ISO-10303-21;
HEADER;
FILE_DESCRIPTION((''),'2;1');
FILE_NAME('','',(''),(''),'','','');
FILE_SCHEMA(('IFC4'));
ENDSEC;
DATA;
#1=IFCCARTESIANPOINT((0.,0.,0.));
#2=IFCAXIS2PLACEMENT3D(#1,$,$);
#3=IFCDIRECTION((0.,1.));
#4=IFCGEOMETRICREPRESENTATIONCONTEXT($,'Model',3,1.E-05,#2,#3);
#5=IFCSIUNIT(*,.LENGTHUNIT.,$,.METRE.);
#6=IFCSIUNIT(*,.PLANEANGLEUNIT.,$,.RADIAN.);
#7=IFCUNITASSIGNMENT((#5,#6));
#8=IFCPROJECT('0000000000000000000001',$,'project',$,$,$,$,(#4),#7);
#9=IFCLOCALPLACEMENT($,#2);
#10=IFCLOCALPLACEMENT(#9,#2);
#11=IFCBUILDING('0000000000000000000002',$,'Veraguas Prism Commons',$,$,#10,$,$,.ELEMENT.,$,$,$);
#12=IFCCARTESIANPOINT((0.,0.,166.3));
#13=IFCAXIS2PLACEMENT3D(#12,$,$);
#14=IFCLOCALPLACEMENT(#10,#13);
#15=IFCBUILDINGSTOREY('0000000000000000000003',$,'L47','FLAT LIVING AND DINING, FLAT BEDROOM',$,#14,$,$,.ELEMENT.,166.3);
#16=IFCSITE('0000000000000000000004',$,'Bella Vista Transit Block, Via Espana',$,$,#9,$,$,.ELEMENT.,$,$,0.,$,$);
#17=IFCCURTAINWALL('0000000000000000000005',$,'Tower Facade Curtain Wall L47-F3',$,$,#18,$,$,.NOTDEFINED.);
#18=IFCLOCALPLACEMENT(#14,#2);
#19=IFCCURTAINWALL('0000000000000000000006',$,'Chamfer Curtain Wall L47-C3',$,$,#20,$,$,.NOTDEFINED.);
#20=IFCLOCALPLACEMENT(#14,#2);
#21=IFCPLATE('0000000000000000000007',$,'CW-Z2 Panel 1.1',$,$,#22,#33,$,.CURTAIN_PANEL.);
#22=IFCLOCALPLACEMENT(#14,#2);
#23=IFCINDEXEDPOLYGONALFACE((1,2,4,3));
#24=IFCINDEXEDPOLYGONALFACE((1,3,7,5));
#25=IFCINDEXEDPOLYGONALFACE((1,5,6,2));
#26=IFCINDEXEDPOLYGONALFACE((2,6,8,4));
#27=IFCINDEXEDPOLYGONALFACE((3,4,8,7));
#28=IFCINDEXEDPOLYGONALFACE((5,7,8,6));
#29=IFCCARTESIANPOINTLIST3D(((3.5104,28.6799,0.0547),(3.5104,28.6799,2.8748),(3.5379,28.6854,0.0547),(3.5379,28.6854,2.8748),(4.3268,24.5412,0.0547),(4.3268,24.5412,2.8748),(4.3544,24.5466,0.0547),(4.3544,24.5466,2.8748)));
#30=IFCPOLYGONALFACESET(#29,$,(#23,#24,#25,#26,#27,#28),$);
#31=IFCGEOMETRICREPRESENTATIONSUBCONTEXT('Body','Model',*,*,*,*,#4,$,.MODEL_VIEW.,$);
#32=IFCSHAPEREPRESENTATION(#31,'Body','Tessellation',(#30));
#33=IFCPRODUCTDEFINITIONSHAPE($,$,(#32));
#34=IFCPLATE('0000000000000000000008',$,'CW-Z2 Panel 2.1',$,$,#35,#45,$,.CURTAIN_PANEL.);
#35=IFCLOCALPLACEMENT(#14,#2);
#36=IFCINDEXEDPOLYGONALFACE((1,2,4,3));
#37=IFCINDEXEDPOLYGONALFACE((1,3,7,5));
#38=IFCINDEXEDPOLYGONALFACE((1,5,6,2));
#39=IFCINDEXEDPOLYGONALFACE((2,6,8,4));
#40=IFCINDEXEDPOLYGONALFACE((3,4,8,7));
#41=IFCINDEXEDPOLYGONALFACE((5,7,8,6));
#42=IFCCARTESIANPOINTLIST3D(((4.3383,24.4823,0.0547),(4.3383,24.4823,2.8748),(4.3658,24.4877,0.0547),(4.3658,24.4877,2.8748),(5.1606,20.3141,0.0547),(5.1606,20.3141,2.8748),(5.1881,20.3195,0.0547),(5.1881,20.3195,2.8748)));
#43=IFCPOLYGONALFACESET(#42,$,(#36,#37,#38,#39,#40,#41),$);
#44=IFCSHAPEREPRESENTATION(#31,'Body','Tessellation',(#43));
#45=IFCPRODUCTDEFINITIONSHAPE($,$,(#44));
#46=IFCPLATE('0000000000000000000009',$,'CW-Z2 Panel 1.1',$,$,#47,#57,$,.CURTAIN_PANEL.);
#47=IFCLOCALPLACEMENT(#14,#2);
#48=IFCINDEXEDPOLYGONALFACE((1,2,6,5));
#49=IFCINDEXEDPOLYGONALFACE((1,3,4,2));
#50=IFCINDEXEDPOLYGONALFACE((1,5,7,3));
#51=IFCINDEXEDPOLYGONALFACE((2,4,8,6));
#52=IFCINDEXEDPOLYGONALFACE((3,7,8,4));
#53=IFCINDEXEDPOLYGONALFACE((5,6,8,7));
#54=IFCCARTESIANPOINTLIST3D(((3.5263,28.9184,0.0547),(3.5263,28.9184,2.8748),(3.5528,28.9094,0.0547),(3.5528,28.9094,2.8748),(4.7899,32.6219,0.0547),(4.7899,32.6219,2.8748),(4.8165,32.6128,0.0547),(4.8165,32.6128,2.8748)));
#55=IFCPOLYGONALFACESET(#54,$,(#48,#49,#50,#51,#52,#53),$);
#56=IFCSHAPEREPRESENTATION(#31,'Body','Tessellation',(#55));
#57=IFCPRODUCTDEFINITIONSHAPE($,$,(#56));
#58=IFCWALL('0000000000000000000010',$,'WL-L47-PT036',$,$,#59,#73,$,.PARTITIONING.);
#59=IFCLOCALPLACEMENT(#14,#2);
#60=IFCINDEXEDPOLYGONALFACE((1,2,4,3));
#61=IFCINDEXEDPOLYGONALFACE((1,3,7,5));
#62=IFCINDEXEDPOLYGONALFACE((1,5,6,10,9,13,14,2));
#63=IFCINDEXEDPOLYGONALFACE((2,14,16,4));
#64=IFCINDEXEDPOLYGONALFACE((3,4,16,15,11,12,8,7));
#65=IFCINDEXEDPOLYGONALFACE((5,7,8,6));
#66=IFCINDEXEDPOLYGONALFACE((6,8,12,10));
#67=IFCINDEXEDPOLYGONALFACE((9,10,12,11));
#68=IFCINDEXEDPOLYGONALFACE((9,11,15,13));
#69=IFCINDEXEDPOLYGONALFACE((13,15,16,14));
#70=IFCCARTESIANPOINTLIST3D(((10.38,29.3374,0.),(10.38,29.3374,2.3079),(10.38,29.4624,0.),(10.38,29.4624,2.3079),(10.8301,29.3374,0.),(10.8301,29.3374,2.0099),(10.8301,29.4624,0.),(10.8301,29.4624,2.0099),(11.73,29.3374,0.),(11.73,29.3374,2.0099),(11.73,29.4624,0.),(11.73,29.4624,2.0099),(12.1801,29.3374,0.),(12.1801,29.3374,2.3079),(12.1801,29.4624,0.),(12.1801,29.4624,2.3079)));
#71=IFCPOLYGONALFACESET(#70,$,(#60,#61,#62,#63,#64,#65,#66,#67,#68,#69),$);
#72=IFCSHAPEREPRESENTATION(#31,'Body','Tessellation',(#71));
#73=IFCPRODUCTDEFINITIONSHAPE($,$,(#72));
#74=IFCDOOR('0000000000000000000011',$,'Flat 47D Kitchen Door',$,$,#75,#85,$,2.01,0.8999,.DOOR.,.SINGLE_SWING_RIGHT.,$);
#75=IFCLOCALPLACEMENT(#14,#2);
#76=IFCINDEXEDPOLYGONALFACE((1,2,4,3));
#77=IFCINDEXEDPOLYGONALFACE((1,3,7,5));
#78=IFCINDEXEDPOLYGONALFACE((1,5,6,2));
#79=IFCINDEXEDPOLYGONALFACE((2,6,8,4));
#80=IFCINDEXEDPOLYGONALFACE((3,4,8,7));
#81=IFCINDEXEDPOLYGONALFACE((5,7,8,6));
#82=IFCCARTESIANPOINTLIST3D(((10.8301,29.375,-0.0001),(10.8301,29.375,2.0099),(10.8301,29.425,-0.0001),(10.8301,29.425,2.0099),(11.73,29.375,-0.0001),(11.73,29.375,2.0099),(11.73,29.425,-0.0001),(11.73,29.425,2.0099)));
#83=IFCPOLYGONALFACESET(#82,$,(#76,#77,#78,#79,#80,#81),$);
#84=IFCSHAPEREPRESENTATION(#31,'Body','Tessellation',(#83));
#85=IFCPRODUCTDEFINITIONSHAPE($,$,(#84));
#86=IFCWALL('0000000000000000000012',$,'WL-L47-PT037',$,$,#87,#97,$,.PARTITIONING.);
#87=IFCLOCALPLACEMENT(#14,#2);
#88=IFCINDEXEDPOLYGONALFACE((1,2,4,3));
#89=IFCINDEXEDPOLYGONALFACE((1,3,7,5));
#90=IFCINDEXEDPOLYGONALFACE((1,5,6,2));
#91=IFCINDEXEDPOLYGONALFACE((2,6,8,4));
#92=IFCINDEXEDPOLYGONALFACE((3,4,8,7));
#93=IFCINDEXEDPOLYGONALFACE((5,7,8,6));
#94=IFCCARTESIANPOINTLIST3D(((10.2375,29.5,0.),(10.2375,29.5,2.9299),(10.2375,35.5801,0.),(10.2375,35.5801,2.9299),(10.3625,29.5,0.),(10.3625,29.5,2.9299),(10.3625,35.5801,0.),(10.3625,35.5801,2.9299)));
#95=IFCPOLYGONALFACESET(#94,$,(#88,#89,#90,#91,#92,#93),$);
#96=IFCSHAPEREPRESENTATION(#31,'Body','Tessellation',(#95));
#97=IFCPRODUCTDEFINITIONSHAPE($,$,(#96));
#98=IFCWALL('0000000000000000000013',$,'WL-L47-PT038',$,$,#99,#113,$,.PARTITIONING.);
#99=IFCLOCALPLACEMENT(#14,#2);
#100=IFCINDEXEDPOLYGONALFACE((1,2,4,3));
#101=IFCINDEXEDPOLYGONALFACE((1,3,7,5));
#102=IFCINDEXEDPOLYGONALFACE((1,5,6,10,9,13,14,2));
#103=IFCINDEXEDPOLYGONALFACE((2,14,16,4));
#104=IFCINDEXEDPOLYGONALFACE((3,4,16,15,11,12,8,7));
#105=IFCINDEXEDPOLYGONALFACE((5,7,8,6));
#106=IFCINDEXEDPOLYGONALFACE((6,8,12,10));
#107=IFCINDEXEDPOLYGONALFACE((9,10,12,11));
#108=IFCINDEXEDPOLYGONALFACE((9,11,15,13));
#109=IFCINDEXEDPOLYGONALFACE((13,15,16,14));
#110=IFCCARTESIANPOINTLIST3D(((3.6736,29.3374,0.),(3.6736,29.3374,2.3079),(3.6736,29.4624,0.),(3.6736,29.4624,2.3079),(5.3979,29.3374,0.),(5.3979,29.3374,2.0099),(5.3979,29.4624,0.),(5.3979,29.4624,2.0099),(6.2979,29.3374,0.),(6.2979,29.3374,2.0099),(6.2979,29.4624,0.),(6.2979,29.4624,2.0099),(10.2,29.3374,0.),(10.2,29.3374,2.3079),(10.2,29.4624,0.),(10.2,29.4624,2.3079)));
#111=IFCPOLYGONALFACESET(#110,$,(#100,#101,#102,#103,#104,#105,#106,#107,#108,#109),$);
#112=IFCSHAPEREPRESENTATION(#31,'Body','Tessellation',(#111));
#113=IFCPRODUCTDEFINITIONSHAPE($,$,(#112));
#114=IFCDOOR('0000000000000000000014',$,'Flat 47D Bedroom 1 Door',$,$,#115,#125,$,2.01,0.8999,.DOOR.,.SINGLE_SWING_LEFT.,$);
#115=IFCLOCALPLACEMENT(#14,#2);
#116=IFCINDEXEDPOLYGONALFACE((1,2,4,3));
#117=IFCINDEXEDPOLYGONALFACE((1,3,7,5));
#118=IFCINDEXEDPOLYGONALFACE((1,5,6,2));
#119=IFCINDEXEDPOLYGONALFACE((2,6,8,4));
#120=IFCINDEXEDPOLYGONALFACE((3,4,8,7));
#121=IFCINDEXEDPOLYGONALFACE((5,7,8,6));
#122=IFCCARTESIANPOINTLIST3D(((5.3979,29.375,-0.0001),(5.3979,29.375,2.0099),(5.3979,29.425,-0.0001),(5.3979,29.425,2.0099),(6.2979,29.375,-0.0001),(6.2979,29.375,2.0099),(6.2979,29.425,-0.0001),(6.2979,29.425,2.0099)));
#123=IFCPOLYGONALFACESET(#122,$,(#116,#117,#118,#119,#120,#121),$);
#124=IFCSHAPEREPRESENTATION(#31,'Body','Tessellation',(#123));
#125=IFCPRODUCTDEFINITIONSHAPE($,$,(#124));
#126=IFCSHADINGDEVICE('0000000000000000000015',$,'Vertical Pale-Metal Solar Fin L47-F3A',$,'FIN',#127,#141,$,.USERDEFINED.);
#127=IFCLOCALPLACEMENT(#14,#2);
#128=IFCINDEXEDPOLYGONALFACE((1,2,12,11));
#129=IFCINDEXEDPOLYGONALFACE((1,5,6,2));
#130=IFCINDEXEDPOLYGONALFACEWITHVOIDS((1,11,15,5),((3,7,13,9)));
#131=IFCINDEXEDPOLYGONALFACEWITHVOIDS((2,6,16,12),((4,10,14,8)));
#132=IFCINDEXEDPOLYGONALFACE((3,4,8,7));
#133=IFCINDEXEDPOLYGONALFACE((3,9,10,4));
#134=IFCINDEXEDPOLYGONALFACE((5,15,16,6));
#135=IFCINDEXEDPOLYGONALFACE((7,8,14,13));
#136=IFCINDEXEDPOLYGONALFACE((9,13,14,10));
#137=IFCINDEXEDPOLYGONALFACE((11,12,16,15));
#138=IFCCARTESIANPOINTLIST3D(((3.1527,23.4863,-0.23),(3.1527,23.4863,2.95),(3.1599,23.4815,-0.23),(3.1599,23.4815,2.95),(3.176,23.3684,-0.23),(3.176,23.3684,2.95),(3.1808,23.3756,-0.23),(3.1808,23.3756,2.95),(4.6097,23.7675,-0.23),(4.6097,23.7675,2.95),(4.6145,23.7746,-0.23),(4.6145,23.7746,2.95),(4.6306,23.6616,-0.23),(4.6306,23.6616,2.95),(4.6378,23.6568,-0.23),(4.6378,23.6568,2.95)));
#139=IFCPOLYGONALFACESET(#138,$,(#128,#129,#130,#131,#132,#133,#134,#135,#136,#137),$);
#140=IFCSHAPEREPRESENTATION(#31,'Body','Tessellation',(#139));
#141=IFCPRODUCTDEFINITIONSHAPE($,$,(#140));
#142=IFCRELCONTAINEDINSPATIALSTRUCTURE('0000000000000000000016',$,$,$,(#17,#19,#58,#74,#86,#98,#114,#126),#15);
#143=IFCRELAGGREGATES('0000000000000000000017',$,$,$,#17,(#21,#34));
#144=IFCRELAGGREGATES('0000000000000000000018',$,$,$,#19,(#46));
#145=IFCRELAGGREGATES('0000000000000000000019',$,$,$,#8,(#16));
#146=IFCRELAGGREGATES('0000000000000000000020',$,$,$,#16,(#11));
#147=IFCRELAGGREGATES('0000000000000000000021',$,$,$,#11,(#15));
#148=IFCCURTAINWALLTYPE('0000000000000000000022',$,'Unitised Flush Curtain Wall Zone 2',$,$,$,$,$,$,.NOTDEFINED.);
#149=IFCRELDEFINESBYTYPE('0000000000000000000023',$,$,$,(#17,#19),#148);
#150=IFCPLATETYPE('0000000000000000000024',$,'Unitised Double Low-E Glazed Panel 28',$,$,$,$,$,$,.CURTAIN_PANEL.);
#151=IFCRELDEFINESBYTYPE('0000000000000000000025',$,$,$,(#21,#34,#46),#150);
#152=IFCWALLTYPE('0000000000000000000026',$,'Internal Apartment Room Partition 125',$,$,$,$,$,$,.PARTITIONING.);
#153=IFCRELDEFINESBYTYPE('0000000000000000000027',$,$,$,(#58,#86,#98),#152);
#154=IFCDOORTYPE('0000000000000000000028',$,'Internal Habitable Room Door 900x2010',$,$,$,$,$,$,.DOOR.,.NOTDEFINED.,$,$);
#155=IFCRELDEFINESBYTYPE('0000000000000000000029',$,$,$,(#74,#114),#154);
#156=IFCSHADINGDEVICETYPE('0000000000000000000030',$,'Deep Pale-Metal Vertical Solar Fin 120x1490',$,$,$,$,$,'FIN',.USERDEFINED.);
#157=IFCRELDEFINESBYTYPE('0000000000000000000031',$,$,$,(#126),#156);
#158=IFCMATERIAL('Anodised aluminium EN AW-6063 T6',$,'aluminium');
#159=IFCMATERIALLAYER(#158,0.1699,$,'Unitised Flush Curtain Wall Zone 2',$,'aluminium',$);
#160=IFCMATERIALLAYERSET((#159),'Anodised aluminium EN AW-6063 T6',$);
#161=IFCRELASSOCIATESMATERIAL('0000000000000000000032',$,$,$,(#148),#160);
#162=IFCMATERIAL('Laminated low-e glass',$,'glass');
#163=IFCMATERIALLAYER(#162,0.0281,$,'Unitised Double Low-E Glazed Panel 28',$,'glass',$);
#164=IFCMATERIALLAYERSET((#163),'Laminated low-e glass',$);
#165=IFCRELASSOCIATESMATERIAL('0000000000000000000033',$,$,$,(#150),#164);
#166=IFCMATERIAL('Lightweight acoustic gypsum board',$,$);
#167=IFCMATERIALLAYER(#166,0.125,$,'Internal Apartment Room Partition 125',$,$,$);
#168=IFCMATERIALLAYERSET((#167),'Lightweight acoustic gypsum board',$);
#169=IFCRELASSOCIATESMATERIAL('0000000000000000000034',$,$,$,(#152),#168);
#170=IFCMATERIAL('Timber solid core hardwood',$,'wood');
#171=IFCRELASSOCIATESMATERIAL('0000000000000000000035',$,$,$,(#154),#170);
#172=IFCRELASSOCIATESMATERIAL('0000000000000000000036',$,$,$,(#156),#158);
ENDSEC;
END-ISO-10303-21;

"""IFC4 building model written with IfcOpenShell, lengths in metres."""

from ifc_helpers import new_model, si_unit, direction, frame, frame_2d, origin, origin_2d, place, context, subcontext, project, spatial, rectangle, hollow_rectangle, extrude, source, transform, mapped, material, layer, layer_set, material_profile, profile_set, type_object, element, fill, aggregate, save


model = new_model("IFC4")

# Units and contexts
model_context = context("Model", 3, precision=1e-05, world=origin(), true_north=direction((0.0, 1.0)))
body_context = subcontext(model_context, "Body", "Model", "MODEL_VIEW")
ifc_project = project(units=[si_unit("LENGTHUNIT", "METRE"), si_unit("PLANEANGLEUNIT", "RADIAN")], contexts=[model_context])

# Site, building, storey
site_placement = place(None, origin())
site = spatial("IfcSite", under=ifc_project, at=site_placement, Name="Bella Vista Transit Block, Via Espana", CompositionType="ELEMENT", RefElevation=0.0)
building_placement = place(site_placement, origin())
building = spatial("IfcBuilding", under=site, at=building_placement, Name="Veraguas Prism Commons", CompositionType="ELEMENT")
storey_placement = place(building_placement, frame((0.0, 0.0, 166.3)))
storey = spatial("IfcBuildingStorey", under=building, at=storey_placement, Name="L47", Description="FLAT LIVING AND DINING, FLAT BEDROOM", CompositionType="ELEMENT", Elevation=166.3)

# Curtain wall
ifc_material_1 = material(Name="Anodised aluminium EN AW-6063 T6", Category="aluminium")
ifc_layer_1 = layer(ifc_material_1, 0.1699, Name="Unitised Flush Curtain Wall Zone 2", Category="aluminium")
ifc_layer_set_1 = layer_set([ifc_layer_1], Name="Anodised aluminium EN AW-6063 T6")
curtain_wall_type = type_object("IfcCurtainWallType", Name="Unitised Flush Curtain Wall Zone 2", PredefinedType="NOTDEFINED", material=ifc_layer_set_1)
curtain_wall_1_placement = place(storey_placement, origin())
curtain_wall_1 = element("IfcCurtainWall", 1, at=curtain_wall_1_placement, inside=storey, type_object=curtain_wall_type, Name="Tower Facade Curtain Wall L47-F3", PredefinedType="NOTDEFINED")

# Curtain wall
curtain_wall_2_placement = place(storey_placement, origin())
curtain_wall_2 = element("IfcCurtainWall", 2, at=curtain_wall_2_placement, inside=storey, type_object=curtain_wall_type, Name="Chamfer Curtain Wall L47-C3", PredefinedType="NOTDEFINED")

# Plates
ifc_material_2 = material(Name="Laminated low-e glass", Category="glass")
ifc_layer_2 = layer(ifc_material_2, 0.0281, Name="Unitised Double Low-E Glazed Panel 28", Category="glass")
ifc_layer_set_2 = layer_set([ifc_layer_2], Name="Laminated low-e glass")
plate_type = type_object("IfcPlateType", Name="Unitised Double Low-E Glazed Panel 28", PredefinedType="CURTAIN_PANEL", material=ifc_layer_set_2)
shared_shape_1 = source(origin(), body_context, "Body", "SweptSolid", [
    extrude(rectangle(XDim=4.2185, YDim=0.0281, at=origin_2d()), origin(), (0.0, 0.0, 1.0), 2.8201),
])
plate_1_placement = place(storey_placement, frame((3.9324, 26.6133, 0.0547), z_axis=(0.0, 0.0, 1.0), x_axis=(0.193549, -0.981091, 0.0)))
plate_1 = element("IfcPlate", 3, at=plate_1_placement, type_object=plate_type, Name="CW-Z2 Panel 1.1", PredefinedType="CURTAIN_PANEL", context=body_context, shape_type="MappedRepresentation", body=[
    mapped(shared_shape_1, transform((0.0, 0.0, 0.0), scale=1.0)),
])
shared_shape_2 = source(origin(), body_context, "Body", "SweptSolid", [
    extrude(rectangle(XDim=4.2485, YDim=0.0281, at=origin_2d()), origin(), (0.0, 0.0, 1.0), 2.8201),
])
plate_2_placement = place(storey_placement, frame((4.7632, 22.4009, 0.0547), z_axis=(0.0, 0.0, 1.0), x_axis=(0.193549, -0.981091, 0.0)))
plate_2 = element("IfcPlate", 4, at=plate_2_placement, type_object=plate_type, Name="CW-Z2 Panel 2.1", PredefinedType="CURTAIN_PANEL", context=body_context, shape_type="MappedRepresentation", body=[
    mapped(shared_shape_2, transform((0.0, 0.0, 0.0), scale=1.0)),
])
aggregate(curtain_wall_1, [plate_1, plate_2])
shared_shape_3 = source(origin(), body_context, "Body", "SweptSolid", [
    extrude(rectangle(XDim=3.9131, YDim=0.0281, at=origin_2d()), origin(), (0.0, 0.0, 1.0), 2.8201),
])
plate_3_placement = place(storey_placement, frame((4.1714, 30.7656, 0.0547), z_axis=(0.0, 0.0, 1.0), x_axis=(-0.32293, -0.946423, 0.0)))
plate_3 = element("IfcPlate", 5, at=plate_3_placement, type_object=plate_type, Name="CW-Z2 Panel 1.1", PredefinedType="CURTAIN_PANEL", context=body_context, shape_type="MappedRepresentation", body=[
    mapped(shared_shape_3, transform((0.0, 0.0, 0.0), scale=1.0)),
])
aggregate(curtain_wall_2, [plate_3])

# Wall, opening, door
ifc_material_3 = material(Name="Lightweight acoustic gypsum board")
ifc_layer_3 = layer(ifc_material_3, 0.125, Name="Internal Apartment Room Partition 125")
ifc_layer_set_3 = layer_set([ifc_layer_3], Name="Lightweight acoustic gypsum board")
wall_type = type_object("IfcWallType", Name="Internal Apartment Room Partition 125", PredefinedType="PARTITIONING", material=ifc_layer_set_3)
wall_1_placement = place(storey_placement, frame((12.1799, 29.3999, 0.0), z_axis=(0.0, 0.0, 1.0), x_axis=(-1.0, 0.0, 0.0)))
wall_1 = element("IfcWall", 6, at=wall_1_placement, inside=storey, type_object=wall_type, Name="WL-L47-PT036", PredefinedType="PARTITIONING", context=body_context, shape_type="SweptSolid", body=[
    extrude(rectangle(XDim=1.8, YDim=0.125, at=frame_2d((0.8999, 0.0))), origin(), (0.0, 0.0, 1.0), 2.3079),
])
opening_1_placement = place(wall_1_placement, frame((0.45, 0.0, 0.0)))
opening_1 = element("IfcOpeningElement", 7, at=opening_1_placement, cuts=wall_1, PredefinedType="OPENING", context=body_context, shape_type="SweptSolid", body=[
    extrude(rectangle(XDim=0.8999, YDim=2.01, at=frame_2d((0.45, 1.0049))), frame((0.0, 0.0725, 0.0), z_axis=(0.0, -1.0, 0.0), x_axis=(1.0, 0.0, 0.0)), (0.0, 0.0, 1.0), 0.145),
])
ifc_material_4 = material(Name="Timber solid core hardwood", Category="wood")
door_type = type_object("IfcDoorType", Name="Internal Habitable Room Door 900x2010", OperationType="NOTDEFINED", PredefinedType="DOOR", material=ifc_material_4)
shared_shape_4 = source(origin(), body_context, "Body", "SweptSolid", [
    extrude(rectangle(XDim=0.8999, YDim=2.01, at=frame_2d((0.45, 1.0049))), frame((0.0, 0.0249, 0.0), z_axis=(0.0, -1.0, 0.0), x_axis=(1.0, 0.0, 0.0)), (0.0, 0.0, 1.0), 0.05),
])
door_1_placement = place(opening_1_placement, origin())
door_1 = element("IfcDoor", 8, at=door_1_placement, inside=storey, type_object=door_type, Name="Flat 47D Kitchen Door", OperationType="SINGLE_SWING_RIGHT", OverallHeight=2.01, OverallWidth=0.8999, PredefinedType="DOOR", context=body_context, shape_type="MappedRepresentation", body=[
    mapped(shared_shape_4, transform((0.0, 0.0, 0.0), scale=1.0)),
])
fill(opening_1, door_1)

# Wall
wall_2_placement = place(storey_placement, frame((10.3, 29.5, 0.0), z_axis=(0.0, 0.0, 1.0), x_axis=(0.0, 1.0, 0.0)))
element("IfcWall", 9, at=wall_2_placement, inside=storey, type_object=wall_type, Name="WL-L47-PT037", PredefinedType="PARTITIONING", context=body_context, shape_type="SweptSolid", body=[
    extrude(rectangle(XDim=6.0801, YDim=0.125, at=frame_2d((3.04, 0.0))), origin(), (0.0, 0.0, 1.0), 2.9299),
])

# Wall, opening, door
wall_3_placement = place(storey_placement, frame((10.2, 29.3999, 0.0), z_axis=(0.0, 0.0, 1.0), x_axis=(-1.0, 0.0, 0.0)))
wall_3 = element("IfcWall", 10, at=wall_3_placement, inside=storey, type_object=wall_type, Name="WL-L47-PT038", PredefinedType="PARTITIONING", context=body_context, shape_type="SweptSolid", body=[
    extrude(rectangle(XDim=6.5264, YDim=0.125, at=frame_2d((3.2632, 0.0))), origin(), (0.0, 0.0, 1.0), 2.3079),
])
opening_2_placement = place(wall_3_placement, frame((3.9021, 0.0, 0.0)))
opening_2 = element("IfcOpeningElement", 11, at=opening_2_placement, cuts=wall_3, PredefinedType="OPENING", context=body_context, shape_type="SweptSolid", body=[
    extrude(rectangle(XDim=0.8999, YDim=2.01, at=frame_2d((0.45, 1.0049))), frame((0.0, 0.0725, 0.0), z_axis=(0.0, -1.0, 0.0), x_axis=(1.0, 0.0, 0.0)), (0.0, 0.0, 1.0), 0.145),
])
door_2_placement = place(opening_2_placement, origin())
door_2 = element("IfcDoor", 12, at=door_2_placement, inside=storey, type_object=door_type, Name="Flat 47D Bedroom 1 Door", OperationType="SINGLE_SWING_LEFT", OverallHeight=2.01, OverallWidth=0.8999, PredefinedType="DOOR", context=body_context, shape_type="MappedRepresentation", body=[
    mapped(shared_shape_4, transform((0.0, 0.0, 0.0), scale=1.0)),
])
fill(opening_2, door_2)

# Shading device
ifc_material_profile_1 = material_profile(ifc_material_1, hollow_rectangle(XDim=0.1201, YDim=1.49, WallThickness=0.0061, at=origin_2d()), Name="FIN120X1490X6")
ifc_profile_set_1 = profile_set([ifc_material_profile_1], Name="Anodised aluminium EN AW-6063 T6")
shading_device_type = type_object("IfcShadingDeviceType", Name="Deep Pale-Metal Vertical Solar Fin 120x1490", ElementType="FIN", PredefinedType="USERDEFINED", material=ifc_profile_set_1)
shading_device_placement = place(storey_placement, frame((3.8953, 23.5715, -0.23), z_axis=(0.0, 0.0, 1.0), x_axis=(0.193546, -0.981091, 0.0)))
element("IfcShadingDevice", 13, at=shading_device_placement, inside=storey, type_object=shading_device_type, Name="Vertical Pale-Metal Solar Fin L47-F3A", ObjectType="FIN", PredefinedType="USERDEFINED", context=body_context, shape_type="SweptSolid", body=[
    extrude(hollow_rectangle(XDim=0.1201, YDim=1.49, WallThickness=0.0061, at=origin_2d()), origin(), (0.0, 0.0, 1.0), 3.1799),
])

save(model, "model.ifc")
